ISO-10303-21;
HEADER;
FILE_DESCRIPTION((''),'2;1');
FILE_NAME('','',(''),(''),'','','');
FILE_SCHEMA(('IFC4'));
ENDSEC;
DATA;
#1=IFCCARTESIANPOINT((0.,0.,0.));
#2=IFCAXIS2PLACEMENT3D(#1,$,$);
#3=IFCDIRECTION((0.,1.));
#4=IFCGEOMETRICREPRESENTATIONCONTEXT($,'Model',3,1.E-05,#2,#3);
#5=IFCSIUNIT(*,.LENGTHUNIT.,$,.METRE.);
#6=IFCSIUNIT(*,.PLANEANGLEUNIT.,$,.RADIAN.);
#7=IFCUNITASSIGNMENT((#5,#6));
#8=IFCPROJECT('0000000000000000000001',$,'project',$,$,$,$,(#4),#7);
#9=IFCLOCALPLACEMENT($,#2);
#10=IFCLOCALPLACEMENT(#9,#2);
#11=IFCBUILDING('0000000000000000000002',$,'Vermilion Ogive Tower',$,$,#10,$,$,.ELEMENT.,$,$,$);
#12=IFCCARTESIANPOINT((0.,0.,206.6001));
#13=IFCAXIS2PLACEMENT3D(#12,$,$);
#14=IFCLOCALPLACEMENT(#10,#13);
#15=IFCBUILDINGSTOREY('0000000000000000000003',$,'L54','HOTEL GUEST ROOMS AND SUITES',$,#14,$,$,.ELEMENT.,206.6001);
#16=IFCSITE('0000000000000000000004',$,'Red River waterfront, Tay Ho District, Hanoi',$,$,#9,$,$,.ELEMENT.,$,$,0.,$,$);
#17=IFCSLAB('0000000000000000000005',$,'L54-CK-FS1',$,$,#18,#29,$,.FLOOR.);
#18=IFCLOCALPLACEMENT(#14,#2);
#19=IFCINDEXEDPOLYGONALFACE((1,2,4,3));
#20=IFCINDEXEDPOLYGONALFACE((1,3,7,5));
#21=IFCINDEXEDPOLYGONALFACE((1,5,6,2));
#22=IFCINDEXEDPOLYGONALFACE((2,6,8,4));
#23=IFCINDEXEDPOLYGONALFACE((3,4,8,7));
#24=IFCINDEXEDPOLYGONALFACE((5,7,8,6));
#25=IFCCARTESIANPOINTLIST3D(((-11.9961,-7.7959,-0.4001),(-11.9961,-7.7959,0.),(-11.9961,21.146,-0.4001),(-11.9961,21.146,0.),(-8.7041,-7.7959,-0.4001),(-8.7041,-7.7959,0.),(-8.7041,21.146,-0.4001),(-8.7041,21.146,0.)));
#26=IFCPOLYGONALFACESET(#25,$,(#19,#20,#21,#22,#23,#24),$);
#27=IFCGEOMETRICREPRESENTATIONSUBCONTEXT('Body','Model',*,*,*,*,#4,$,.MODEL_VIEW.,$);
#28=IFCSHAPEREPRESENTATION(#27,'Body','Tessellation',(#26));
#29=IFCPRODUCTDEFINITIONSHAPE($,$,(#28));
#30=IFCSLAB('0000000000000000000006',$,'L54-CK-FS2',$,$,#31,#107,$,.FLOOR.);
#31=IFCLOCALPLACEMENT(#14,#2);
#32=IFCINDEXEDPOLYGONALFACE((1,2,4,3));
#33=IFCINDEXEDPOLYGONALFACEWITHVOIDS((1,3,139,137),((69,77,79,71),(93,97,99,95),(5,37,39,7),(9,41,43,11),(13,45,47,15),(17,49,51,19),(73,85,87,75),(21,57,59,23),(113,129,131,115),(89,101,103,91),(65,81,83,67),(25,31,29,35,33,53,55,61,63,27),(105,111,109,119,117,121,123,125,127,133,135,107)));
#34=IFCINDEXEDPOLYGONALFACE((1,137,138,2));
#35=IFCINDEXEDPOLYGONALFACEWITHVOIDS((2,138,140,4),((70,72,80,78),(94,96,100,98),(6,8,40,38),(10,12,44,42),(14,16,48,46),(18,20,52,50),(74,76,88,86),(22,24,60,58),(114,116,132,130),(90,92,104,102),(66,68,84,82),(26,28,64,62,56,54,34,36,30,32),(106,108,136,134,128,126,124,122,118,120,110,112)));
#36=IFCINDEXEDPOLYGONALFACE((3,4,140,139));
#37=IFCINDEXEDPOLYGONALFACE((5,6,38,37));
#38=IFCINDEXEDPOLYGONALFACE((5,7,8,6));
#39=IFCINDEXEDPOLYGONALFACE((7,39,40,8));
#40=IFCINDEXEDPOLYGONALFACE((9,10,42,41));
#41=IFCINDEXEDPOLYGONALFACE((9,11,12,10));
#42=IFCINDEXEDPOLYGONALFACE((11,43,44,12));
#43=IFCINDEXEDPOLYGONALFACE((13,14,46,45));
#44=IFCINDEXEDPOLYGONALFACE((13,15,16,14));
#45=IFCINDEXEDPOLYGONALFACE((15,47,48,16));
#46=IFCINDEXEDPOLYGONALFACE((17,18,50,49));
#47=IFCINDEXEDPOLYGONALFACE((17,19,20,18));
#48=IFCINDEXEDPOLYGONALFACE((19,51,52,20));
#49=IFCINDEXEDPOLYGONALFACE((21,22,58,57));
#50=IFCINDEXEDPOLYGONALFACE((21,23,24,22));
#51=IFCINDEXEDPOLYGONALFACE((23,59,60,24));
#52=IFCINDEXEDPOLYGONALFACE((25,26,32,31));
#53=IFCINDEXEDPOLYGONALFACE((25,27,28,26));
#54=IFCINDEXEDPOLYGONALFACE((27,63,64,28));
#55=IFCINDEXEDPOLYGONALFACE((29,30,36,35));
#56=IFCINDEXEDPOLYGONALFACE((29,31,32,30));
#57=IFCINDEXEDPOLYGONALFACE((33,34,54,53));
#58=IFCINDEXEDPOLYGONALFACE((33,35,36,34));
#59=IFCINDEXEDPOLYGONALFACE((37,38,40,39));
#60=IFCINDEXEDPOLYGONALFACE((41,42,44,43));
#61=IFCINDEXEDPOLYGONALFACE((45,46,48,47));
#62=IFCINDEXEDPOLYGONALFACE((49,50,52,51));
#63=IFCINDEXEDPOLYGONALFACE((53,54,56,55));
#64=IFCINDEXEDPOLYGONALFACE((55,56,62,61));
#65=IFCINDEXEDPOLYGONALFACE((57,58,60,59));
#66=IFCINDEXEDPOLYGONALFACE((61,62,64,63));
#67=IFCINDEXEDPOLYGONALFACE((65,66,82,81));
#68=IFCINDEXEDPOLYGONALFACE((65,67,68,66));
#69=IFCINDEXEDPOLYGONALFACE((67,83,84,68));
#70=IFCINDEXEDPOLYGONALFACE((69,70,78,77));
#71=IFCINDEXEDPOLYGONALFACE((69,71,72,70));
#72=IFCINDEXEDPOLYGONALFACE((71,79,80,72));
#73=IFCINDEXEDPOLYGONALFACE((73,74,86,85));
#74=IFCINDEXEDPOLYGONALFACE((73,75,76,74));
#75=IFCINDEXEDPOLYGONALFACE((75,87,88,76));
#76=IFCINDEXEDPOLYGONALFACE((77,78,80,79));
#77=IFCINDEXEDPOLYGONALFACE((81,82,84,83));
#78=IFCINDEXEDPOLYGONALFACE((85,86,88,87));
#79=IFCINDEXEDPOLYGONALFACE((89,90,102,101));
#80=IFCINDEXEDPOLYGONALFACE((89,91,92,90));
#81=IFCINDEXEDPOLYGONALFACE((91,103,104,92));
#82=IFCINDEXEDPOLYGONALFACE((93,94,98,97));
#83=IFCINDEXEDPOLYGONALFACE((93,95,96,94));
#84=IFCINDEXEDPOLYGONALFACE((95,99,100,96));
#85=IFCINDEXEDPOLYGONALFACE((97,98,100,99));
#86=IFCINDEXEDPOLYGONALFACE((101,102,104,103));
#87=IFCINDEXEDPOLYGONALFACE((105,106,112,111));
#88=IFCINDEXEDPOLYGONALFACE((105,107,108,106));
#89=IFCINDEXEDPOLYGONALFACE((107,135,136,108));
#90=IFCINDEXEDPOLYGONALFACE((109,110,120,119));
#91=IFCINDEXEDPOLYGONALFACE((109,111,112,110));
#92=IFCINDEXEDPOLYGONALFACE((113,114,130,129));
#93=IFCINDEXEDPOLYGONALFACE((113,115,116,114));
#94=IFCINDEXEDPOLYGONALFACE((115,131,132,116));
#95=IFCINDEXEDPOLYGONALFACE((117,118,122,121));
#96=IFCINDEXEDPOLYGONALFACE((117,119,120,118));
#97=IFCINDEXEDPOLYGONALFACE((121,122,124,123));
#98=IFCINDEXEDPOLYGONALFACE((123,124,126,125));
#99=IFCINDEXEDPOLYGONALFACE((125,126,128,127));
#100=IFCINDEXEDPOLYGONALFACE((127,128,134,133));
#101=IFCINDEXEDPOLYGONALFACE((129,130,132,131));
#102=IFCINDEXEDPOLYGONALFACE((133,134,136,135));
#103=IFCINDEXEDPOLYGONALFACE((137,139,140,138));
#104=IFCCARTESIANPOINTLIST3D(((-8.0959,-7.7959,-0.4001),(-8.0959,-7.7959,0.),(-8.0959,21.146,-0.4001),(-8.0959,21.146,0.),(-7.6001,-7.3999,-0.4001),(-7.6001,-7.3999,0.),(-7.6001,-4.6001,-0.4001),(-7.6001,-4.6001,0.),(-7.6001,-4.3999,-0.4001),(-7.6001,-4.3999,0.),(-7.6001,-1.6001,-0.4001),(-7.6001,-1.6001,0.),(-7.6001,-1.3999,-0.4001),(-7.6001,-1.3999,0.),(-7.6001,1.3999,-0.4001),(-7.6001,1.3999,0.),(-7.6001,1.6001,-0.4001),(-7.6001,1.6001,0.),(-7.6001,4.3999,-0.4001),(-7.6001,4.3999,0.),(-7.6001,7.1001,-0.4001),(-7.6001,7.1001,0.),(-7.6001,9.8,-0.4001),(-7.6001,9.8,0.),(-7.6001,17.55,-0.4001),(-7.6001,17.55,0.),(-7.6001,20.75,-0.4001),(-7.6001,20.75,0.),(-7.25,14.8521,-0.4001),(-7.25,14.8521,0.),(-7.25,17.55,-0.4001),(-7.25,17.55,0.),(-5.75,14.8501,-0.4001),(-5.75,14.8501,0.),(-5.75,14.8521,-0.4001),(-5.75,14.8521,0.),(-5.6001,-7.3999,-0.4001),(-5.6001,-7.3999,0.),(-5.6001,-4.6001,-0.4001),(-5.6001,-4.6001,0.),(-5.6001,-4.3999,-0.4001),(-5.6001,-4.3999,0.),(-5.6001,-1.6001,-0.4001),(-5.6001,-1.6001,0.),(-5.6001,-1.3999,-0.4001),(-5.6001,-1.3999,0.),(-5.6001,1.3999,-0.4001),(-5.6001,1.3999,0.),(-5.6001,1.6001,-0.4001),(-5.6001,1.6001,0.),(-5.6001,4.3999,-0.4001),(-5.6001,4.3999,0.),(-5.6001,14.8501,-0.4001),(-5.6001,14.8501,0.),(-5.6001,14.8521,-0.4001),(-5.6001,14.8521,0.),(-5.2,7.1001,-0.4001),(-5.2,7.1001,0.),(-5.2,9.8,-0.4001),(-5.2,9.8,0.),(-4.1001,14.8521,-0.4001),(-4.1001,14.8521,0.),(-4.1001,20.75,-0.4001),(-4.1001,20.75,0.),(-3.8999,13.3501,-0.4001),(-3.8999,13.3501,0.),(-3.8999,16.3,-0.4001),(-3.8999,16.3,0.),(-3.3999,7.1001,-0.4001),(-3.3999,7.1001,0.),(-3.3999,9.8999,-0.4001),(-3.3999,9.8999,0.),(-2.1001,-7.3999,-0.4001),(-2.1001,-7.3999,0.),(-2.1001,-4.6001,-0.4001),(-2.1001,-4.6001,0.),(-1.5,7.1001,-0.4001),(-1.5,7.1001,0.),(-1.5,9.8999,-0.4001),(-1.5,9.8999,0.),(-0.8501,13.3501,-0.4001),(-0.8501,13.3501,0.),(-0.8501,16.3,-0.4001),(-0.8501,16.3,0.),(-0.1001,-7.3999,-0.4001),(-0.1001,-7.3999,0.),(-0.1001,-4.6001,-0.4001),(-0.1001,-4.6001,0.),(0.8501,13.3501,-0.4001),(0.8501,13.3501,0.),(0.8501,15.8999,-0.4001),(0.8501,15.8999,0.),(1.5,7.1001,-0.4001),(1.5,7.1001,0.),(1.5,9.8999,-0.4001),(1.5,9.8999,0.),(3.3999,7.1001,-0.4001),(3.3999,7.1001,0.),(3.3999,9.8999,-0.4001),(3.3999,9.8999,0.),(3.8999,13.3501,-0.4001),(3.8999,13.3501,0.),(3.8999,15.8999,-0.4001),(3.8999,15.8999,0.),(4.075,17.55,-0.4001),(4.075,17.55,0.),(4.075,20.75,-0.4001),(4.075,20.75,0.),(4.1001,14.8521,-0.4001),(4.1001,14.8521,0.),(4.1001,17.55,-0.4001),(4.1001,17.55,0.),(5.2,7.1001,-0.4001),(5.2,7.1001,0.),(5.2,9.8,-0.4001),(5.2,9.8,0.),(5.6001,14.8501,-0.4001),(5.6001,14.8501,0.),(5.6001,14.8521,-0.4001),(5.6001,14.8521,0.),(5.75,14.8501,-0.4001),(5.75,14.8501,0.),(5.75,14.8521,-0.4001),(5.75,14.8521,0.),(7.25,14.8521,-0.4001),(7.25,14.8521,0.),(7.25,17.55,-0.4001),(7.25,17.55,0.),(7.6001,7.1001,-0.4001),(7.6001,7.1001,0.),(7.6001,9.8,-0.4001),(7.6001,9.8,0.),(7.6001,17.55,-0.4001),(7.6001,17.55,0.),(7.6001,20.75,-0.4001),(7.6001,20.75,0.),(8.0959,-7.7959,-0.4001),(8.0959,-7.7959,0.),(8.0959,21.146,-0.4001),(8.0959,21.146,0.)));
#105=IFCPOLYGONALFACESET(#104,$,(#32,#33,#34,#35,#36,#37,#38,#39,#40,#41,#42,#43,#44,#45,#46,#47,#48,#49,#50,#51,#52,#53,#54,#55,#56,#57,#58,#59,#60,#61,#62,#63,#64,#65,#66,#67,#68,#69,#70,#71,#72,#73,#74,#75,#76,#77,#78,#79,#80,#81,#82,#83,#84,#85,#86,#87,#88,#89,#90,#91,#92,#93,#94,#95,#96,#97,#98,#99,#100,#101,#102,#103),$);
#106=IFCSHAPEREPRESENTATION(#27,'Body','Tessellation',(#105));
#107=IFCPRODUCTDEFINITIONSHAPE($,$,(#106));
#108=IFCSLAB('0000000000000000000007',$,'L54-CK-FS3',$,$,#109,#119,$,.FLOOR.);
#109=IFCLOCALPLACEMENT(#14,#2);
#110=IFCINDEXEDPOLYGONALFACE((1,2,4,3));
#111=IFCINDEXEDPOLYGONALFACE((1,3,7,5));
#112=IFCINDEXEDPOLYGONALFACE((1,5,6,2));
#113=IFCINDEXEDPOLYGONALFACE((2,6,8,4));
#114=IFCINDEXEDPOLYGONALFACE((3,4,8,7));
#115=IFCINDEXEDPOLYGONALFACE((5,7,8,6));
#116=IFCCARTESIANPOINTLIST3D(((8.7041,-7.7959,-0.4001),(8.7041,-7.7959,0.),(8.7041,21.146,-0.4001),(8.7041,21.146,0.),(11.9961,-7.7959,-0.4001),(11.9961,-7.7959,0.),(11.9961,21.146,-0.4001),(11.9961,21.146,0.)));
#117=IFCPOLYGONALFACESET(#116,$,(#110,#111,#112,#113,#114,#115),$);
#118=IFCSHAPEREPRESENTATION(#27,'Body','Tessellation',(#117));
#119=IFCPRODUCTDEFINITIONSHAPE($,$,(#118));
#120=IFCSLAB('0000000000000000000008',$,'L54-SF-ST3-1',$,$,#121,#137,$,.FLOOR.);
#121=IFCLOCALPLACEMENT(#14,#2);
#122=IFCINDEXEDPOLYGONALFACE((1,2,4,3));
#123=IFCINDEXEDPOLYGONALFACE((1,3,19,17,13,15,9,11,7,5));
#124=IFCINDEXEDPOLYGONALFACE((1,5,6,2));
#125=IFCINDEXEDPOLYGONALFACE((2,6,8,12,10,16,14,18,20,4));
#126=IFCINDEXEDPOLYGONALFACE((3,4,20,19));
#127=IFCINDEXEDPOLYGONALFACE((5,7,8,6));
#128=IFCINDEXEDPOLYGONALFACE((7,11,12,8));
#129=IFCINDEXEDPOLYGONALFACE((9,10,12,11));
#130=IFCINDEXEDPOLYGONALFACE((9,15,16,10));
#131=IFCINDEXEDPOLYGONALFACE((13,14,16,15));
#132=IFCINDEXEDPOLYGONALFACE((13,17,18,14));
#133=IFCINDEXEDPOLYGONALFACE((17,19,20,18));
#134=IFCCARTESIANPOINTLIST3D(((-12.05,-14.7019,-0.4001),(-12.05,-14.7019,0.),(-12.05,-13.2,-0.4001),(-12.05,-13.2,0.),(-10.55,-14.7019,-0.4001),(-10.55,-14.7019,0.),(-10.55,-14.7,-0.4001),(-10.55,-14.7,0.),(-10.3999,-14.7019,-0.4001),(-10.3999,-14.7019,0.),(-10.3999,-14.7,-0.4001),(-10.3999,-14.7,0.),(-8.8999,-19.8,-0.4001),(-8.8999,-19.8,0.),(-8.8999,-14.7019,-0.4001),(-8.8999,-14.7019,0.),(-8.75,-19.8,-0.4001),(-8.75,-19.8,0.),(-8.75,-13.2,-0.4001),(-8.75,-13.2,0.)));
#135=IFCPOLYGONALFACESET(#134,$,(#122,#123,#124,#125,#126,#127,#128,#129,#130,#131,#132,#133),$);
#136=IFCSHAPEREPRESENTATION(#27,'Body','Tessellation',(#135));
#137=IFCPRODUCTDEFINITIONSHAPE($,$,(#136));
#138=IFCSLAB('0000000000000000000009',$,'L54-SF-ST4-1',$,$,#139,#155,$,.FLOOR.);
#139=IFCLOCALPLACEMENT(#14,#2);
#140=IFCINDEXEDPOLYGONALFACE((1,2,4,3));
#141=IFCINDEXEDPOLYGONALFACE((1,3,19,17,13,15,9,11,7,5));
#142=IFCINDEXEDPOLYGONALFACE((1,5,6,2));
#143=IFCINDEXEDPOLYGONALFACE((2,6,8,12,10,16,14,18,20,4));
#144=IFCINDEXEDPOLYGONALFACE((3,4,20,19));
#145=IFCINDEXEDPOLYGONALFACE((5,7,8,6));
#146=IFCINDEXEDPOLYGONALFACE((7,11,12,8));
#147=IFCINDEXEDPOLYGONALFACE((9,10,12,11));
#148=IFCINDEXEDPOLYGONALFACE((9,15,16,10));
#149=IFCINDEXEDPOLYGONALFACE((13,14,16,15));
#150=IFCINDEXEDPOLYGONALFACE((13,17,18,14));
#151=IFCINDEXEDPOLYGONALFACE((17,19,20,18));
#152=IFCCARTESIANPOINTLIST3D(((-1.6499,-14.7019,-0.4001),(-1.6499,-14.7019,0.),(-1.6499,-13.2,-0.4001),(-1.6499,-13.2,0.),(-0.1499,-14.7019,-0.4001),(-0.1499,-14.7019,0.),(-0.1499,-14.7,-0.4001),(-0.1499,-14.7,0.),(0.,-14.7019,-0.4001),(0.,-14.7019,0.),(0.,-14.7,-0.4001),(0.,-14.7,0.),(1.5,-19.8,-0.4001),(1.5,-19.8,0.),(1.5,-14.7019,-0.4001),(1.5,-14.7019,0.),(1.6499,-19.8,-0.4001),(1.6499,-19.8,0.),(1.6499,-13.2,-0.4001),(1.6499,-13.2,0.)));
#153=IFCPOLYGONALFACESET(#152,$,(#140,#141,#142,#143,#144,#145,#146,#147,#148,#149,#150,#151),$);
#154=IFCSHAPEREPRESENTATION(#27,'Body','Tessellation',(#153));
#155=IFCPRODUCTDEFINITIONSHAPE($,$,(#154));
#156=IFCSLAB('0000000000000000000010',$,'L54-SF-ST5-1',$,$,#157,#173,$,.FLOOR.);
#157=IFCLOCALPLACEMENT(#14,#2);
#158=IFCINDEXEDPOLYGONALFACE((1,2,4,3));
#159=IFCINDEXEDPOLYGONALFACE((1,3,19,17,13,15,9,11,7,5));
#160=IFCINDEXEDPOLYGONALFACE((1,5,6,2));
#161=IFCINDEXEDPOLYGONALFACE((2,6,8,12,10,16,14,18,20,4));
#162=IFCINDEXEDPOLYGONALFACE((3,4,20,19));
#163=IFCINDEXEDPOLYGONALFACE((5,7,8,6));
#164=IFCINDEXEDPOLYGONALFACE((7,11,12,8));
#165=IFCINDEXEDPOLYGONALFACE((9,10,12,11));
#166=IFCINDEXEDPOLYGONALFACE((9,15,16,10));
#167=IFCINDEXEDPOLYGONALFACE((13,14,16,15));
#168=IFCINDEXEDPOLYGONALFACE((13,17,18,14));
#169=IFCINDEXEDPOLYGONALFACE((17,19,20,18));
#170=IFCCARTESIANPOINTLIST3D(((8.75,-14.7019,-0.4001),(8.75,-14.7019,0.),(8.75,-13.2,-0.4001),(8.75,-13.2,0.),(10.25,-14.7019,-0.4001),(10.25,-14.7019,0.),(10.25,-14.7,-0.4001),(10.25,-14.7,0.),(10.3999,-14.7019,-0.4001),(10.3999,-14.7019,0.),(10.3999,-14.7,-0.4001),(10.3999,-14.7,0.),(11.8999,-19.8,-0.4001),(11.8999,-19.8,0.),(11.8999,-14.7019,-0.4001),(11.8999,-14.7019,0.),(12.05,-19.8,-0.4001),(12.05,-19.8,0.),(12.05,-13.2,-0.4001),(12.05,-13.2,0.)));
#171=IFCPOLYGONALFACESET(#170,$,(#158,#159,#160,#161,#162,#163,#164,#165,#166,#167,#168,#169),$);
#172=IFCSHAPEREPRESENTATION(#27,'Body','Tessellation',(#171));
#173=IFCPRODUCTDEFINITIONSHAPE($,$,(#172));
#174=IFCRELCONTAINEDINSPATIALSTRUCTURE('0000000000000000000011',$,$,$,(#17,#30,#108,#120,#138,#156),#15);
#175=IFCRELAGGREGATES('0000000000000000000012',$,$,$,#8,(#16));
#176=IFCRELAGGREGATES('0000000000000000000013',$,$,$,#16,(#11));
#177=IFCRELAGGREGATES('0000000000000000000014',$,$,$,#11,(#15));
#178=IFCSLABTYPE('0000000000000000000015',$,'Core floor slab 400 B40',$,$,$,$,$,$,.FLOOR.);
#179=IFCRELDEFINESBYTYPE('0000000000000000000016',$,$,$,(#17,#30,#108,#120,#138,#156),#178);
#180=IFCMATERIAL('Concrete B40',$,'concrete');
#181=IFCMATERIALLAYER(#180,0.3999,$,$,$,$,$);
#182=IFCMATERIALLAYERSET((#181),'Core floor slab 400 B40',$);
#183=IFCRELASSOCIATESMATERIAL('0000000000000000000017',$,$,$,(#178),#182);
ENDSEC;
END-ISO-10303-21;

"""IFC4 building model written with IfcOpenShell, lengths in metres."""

from ifc_helpers import new_model, si_unit, direction, frame, origin, place, context, subcontext, project, spatial, polyline, outline, extrude, material, layer, layer_set, type_object, element, save


model = new_model("IFC4")

# Units and contexts
model_context = context("Model", 3, precision=1e-05, world=origin(), true_north=direction((0.0, 1.0)))
body_context = subcontext(model_context, "Body", "Model", "MODEL_VIEW")
ifc_project = project(units=[si_unit("LENGTHUNIT", "METRE"), si_unit("PLANEANGLEUNIT", "RADIAN")], contexts=[model_context])

# Site, building, storey
site_placement = place(None, origin())
site = spatial("IfcSite", under=ifc_project, at=site_placement, Name="Red River waterfront, Tay Ho District, Hanoi", CompositionType="ELEMENT", RefElevation=0.0)
building_placement = place(site_placement, origin())
building = spatial("IfcBuilding", under=site, at=building_placement, Name="Vermilion Ogive Tower", CompositionType="ELEMENT")
storey_placement = place(building_placement, frame((0.0, 0.0, 206.6001)))
storey = spatial("IfcBuildingStorey", under=building, at=storey_placement, Name="L54", Description="HOTEL GUEST ROOMS AND SUITES", CompositionType="ELEMENT", Elevation=206.6001)

# Slabs
ifc_material_1 = material(Name="Concrete B40", Category="concrete")
ifc_layer_1 = layer(ifc_material_1, 0.3999)
ifc_layer_set_1 = layer_set([ifc_layer_1], Name="Core floor slab 400 B40")
slab_type = type_object("IfcSlabType", Name="Core floor slab 400 B40", PredefinedType="FLOOR", material=ifc_layer_set_1)
slab_1_placement = place(storey_placement, frame((0.0, 0.0, -0.4001)))
element("IfcSlab", 1, at=slab_1_placement, inside=storey, type_object=slab_type, Name="L54-CK-FS1", PredefinedType="FLOOR", context=body_context, shape_type="SweptSolid", body=[
    extrude(outline(polyline([(-11.9961, 21.146), (-8.7041, 21.146), (-8.7041, -7.7959), (-11.9961, -7.7959), (-11.9961, 21.146)])), origin(), (0.0, 0.0, 1.0), 0.4001),
])
slab_2_placement = place(storey_placement, frame((0.0, 0.0, -0.4001)))
element("IfcSlab", 2, at=slab_2_placement, inside=storey, type_object=slab_type, Name="L54-CK-FS2", PredefinedType="FLOOR", context=body_context, shape_type="SweptSolid", body=[
    extrude(outline(polyline([(-8.0959, -7.7959), (8.0959, -7.7959), (8.0959, 21.146), (-8.0959, 21.146), (-8.0959, -7.7959)]), holes=[polyline([(-7.6001, -7.3999), (-7.6001, -4.6001), (-5.6001, -4.6001), (-5.6001, -7.3999), (-7.6001, -7.3999)]), polyline([(-7.6001, -4.3999), (-7.6001, -1.6001), (-5.6001, -1.6001), (-5.6001, -4.3999), (-7.6001, -4.3999)]), polyline([(-7.6001, -1.3999), (-7.6001, 1.3999), (-5.6001, 1.3999), (-5.6001, -1.3999), (-7.6001, -1.3999)]), polyline([(-7.6001, 1.6001), (-7.6001, 4.3999), (-5.6001, 4.3999), (-5.6001, 1.6001), (-7.6001, 1.6001)]), polyline([(-7.6001, 7.1001), (-7.6001, 9.8), (-5.2, 9.8), (-5.2, 7.1001), (-7.6001, 7.1001)]), polyline([(-3.3999, 9.8999), (-1.5, 9.8999), (-1.5, 7.1001), (-3.3999, 7.1001), (-3.3999, 9.8999)]), polyline([(-7.6001, 17.55), (-7.6001, 20.75), (-4.1001, 20.75), (-4.1001, 14.8521), (-5.6001, 14.8521), (-5.6001, 14.8501), (-5.75, 14.8501), (-5.75, 14.8521), (-7.25, 14.8521), (-7.25, 17.55), (-7.6001, 17.55)]), polyline([(-2.1001, -7.3999), (-2.1001, -4.6001), (-0.1001, -4.6001), (-0.1001, -7.3999), (-2.1001, -7.3999)]), polyline([(5.2, 7.1001), (5.2, 9.8), (7.6001, 9.8), (7.6001, 7.1001), (5.2, 7.1001)]), polyline([(1.5, 7.1001), (1.5, 9.8999), (3.3999, 9.8999), (3.3999, 7.1001), (1.5, 7.1001)]), polyline([(0.8501, 13.3501), (0.8501, 15.8999), (3.8999, 15.8999), (3.8999, 13.3501), (0.8501, 13.3501)]), polyline([(-3.8999, 16.3), (-0.8501, 16.3), (-0.8501, 13.3501), (-3.8999, 13.3501), (-3.8999, 16.3)]), polyline([(5.75, 14.8501), (5.6001, 14.8501), (5.6001, 14.8521), (4.1001, 14.8521), (4.1001, 17.55), (4.075, 17.55), (4.075, 20.75), (7.6001, 20.75), (7.6001, 17.55), (7.25, 17.55), (7.25, 14.8521), (5.75, 14.8521), (5.75, 14.8501)])]), origin(), (0.0, 0.0, 1.0), 0.4001),
])
slab_3_placement = place(storey_placement, frame((0.0, 0.0, -0.4001)))
element("IfcSlab", 3, at=slab_3_placement, inside=storey, type_object=slab_type, Name="L54-CK-FS3", PredefinedType="FLOOR", context=body_context, shape_type="SweptSolid", body=[
    extrude(outline(polyline([(11.9961, 21.146), (11.9961, -7.7959), (8.7041, -7.7959), (8.7041, 21.146), (11.9961, 21.146)])), origin(), (0.0, 0.0, 1.0), 0.4001),
])
slab_4_placement = place(storey_placement, frame((0.0, 0.0, -0.4001)))
element("IfcSlab", 4, at=slab_4_placement, inside=storey, type_object=slab_type, Name="L54-SF-ST3-1", PredefinedType="FLOOR", context=body_context, shape_type="SweptSolid", body=[
    extrude(outline(polyline([(-12.05, -13.2), (-12.05, -14.7019), (-10.55, -14.7019), (-10.55, -14.7), (-10.3999, -14.7), (-10.3999, -14.7019), (-8.8999, -14.7019), (-8.8999, -19.8), (-8.75, -19.8), (-8.75, -13.2), (-12.05, -13.2)])), origin(), (0.0, 0.0, 1.0), 0.4001),
])
slab_5_placement = place(storey_placement, frame((0.0, 0.0, -0.4001)))
element("IfcSlab", 5, at=slab_5_placement, inside=storey, type_object=slab_type, Name="L54-SF-ST4-1", PredefinedType="FLOOR", context=body_context, shape_type="SweptSolid", body=[
    extrude(outline(polyline([(-1.6499, -13.2), (-1.6499, -14.7019), (-0.1499, -14.7019), (-0.1499, -14.7), (0.0, -14.7), (0.0, -14.7019), (1.5, -14.7019), (1.5, -19.8), (1.6499, -19.8), (1.6499, -13.2), (-1.6499, -13.2)])), origin(), (0.0, 0.0, 1.0), 0.4001),
])
slab_6_placement = place(storey_placement, frame((0.0, 0.0, -0.4001)))
element("IfcSlab", 6, at=slab_6_placement, inside=storey, type_object=slab_type, Name="L54-SF-ST5-1", PredefinedType="FLOOR", context=body_context, shape_type="SweptSolid", body=[
    extrude(outline(polyline([(8.75, -13.2), (8.75, -14.7019), (10.25, -14.7019), (10.25, -14.7), (10.3999, -14.7), (10.3999, -14.7019), (11.8999, -14.7019), (11.8999, -19.8), (12.05, -19.8), (12.05, -13.2), (8.75, -13.2)])), origin(), (0.0, 0.0, 1.0), 0.4001),
])

save(model, "model.ifc")
